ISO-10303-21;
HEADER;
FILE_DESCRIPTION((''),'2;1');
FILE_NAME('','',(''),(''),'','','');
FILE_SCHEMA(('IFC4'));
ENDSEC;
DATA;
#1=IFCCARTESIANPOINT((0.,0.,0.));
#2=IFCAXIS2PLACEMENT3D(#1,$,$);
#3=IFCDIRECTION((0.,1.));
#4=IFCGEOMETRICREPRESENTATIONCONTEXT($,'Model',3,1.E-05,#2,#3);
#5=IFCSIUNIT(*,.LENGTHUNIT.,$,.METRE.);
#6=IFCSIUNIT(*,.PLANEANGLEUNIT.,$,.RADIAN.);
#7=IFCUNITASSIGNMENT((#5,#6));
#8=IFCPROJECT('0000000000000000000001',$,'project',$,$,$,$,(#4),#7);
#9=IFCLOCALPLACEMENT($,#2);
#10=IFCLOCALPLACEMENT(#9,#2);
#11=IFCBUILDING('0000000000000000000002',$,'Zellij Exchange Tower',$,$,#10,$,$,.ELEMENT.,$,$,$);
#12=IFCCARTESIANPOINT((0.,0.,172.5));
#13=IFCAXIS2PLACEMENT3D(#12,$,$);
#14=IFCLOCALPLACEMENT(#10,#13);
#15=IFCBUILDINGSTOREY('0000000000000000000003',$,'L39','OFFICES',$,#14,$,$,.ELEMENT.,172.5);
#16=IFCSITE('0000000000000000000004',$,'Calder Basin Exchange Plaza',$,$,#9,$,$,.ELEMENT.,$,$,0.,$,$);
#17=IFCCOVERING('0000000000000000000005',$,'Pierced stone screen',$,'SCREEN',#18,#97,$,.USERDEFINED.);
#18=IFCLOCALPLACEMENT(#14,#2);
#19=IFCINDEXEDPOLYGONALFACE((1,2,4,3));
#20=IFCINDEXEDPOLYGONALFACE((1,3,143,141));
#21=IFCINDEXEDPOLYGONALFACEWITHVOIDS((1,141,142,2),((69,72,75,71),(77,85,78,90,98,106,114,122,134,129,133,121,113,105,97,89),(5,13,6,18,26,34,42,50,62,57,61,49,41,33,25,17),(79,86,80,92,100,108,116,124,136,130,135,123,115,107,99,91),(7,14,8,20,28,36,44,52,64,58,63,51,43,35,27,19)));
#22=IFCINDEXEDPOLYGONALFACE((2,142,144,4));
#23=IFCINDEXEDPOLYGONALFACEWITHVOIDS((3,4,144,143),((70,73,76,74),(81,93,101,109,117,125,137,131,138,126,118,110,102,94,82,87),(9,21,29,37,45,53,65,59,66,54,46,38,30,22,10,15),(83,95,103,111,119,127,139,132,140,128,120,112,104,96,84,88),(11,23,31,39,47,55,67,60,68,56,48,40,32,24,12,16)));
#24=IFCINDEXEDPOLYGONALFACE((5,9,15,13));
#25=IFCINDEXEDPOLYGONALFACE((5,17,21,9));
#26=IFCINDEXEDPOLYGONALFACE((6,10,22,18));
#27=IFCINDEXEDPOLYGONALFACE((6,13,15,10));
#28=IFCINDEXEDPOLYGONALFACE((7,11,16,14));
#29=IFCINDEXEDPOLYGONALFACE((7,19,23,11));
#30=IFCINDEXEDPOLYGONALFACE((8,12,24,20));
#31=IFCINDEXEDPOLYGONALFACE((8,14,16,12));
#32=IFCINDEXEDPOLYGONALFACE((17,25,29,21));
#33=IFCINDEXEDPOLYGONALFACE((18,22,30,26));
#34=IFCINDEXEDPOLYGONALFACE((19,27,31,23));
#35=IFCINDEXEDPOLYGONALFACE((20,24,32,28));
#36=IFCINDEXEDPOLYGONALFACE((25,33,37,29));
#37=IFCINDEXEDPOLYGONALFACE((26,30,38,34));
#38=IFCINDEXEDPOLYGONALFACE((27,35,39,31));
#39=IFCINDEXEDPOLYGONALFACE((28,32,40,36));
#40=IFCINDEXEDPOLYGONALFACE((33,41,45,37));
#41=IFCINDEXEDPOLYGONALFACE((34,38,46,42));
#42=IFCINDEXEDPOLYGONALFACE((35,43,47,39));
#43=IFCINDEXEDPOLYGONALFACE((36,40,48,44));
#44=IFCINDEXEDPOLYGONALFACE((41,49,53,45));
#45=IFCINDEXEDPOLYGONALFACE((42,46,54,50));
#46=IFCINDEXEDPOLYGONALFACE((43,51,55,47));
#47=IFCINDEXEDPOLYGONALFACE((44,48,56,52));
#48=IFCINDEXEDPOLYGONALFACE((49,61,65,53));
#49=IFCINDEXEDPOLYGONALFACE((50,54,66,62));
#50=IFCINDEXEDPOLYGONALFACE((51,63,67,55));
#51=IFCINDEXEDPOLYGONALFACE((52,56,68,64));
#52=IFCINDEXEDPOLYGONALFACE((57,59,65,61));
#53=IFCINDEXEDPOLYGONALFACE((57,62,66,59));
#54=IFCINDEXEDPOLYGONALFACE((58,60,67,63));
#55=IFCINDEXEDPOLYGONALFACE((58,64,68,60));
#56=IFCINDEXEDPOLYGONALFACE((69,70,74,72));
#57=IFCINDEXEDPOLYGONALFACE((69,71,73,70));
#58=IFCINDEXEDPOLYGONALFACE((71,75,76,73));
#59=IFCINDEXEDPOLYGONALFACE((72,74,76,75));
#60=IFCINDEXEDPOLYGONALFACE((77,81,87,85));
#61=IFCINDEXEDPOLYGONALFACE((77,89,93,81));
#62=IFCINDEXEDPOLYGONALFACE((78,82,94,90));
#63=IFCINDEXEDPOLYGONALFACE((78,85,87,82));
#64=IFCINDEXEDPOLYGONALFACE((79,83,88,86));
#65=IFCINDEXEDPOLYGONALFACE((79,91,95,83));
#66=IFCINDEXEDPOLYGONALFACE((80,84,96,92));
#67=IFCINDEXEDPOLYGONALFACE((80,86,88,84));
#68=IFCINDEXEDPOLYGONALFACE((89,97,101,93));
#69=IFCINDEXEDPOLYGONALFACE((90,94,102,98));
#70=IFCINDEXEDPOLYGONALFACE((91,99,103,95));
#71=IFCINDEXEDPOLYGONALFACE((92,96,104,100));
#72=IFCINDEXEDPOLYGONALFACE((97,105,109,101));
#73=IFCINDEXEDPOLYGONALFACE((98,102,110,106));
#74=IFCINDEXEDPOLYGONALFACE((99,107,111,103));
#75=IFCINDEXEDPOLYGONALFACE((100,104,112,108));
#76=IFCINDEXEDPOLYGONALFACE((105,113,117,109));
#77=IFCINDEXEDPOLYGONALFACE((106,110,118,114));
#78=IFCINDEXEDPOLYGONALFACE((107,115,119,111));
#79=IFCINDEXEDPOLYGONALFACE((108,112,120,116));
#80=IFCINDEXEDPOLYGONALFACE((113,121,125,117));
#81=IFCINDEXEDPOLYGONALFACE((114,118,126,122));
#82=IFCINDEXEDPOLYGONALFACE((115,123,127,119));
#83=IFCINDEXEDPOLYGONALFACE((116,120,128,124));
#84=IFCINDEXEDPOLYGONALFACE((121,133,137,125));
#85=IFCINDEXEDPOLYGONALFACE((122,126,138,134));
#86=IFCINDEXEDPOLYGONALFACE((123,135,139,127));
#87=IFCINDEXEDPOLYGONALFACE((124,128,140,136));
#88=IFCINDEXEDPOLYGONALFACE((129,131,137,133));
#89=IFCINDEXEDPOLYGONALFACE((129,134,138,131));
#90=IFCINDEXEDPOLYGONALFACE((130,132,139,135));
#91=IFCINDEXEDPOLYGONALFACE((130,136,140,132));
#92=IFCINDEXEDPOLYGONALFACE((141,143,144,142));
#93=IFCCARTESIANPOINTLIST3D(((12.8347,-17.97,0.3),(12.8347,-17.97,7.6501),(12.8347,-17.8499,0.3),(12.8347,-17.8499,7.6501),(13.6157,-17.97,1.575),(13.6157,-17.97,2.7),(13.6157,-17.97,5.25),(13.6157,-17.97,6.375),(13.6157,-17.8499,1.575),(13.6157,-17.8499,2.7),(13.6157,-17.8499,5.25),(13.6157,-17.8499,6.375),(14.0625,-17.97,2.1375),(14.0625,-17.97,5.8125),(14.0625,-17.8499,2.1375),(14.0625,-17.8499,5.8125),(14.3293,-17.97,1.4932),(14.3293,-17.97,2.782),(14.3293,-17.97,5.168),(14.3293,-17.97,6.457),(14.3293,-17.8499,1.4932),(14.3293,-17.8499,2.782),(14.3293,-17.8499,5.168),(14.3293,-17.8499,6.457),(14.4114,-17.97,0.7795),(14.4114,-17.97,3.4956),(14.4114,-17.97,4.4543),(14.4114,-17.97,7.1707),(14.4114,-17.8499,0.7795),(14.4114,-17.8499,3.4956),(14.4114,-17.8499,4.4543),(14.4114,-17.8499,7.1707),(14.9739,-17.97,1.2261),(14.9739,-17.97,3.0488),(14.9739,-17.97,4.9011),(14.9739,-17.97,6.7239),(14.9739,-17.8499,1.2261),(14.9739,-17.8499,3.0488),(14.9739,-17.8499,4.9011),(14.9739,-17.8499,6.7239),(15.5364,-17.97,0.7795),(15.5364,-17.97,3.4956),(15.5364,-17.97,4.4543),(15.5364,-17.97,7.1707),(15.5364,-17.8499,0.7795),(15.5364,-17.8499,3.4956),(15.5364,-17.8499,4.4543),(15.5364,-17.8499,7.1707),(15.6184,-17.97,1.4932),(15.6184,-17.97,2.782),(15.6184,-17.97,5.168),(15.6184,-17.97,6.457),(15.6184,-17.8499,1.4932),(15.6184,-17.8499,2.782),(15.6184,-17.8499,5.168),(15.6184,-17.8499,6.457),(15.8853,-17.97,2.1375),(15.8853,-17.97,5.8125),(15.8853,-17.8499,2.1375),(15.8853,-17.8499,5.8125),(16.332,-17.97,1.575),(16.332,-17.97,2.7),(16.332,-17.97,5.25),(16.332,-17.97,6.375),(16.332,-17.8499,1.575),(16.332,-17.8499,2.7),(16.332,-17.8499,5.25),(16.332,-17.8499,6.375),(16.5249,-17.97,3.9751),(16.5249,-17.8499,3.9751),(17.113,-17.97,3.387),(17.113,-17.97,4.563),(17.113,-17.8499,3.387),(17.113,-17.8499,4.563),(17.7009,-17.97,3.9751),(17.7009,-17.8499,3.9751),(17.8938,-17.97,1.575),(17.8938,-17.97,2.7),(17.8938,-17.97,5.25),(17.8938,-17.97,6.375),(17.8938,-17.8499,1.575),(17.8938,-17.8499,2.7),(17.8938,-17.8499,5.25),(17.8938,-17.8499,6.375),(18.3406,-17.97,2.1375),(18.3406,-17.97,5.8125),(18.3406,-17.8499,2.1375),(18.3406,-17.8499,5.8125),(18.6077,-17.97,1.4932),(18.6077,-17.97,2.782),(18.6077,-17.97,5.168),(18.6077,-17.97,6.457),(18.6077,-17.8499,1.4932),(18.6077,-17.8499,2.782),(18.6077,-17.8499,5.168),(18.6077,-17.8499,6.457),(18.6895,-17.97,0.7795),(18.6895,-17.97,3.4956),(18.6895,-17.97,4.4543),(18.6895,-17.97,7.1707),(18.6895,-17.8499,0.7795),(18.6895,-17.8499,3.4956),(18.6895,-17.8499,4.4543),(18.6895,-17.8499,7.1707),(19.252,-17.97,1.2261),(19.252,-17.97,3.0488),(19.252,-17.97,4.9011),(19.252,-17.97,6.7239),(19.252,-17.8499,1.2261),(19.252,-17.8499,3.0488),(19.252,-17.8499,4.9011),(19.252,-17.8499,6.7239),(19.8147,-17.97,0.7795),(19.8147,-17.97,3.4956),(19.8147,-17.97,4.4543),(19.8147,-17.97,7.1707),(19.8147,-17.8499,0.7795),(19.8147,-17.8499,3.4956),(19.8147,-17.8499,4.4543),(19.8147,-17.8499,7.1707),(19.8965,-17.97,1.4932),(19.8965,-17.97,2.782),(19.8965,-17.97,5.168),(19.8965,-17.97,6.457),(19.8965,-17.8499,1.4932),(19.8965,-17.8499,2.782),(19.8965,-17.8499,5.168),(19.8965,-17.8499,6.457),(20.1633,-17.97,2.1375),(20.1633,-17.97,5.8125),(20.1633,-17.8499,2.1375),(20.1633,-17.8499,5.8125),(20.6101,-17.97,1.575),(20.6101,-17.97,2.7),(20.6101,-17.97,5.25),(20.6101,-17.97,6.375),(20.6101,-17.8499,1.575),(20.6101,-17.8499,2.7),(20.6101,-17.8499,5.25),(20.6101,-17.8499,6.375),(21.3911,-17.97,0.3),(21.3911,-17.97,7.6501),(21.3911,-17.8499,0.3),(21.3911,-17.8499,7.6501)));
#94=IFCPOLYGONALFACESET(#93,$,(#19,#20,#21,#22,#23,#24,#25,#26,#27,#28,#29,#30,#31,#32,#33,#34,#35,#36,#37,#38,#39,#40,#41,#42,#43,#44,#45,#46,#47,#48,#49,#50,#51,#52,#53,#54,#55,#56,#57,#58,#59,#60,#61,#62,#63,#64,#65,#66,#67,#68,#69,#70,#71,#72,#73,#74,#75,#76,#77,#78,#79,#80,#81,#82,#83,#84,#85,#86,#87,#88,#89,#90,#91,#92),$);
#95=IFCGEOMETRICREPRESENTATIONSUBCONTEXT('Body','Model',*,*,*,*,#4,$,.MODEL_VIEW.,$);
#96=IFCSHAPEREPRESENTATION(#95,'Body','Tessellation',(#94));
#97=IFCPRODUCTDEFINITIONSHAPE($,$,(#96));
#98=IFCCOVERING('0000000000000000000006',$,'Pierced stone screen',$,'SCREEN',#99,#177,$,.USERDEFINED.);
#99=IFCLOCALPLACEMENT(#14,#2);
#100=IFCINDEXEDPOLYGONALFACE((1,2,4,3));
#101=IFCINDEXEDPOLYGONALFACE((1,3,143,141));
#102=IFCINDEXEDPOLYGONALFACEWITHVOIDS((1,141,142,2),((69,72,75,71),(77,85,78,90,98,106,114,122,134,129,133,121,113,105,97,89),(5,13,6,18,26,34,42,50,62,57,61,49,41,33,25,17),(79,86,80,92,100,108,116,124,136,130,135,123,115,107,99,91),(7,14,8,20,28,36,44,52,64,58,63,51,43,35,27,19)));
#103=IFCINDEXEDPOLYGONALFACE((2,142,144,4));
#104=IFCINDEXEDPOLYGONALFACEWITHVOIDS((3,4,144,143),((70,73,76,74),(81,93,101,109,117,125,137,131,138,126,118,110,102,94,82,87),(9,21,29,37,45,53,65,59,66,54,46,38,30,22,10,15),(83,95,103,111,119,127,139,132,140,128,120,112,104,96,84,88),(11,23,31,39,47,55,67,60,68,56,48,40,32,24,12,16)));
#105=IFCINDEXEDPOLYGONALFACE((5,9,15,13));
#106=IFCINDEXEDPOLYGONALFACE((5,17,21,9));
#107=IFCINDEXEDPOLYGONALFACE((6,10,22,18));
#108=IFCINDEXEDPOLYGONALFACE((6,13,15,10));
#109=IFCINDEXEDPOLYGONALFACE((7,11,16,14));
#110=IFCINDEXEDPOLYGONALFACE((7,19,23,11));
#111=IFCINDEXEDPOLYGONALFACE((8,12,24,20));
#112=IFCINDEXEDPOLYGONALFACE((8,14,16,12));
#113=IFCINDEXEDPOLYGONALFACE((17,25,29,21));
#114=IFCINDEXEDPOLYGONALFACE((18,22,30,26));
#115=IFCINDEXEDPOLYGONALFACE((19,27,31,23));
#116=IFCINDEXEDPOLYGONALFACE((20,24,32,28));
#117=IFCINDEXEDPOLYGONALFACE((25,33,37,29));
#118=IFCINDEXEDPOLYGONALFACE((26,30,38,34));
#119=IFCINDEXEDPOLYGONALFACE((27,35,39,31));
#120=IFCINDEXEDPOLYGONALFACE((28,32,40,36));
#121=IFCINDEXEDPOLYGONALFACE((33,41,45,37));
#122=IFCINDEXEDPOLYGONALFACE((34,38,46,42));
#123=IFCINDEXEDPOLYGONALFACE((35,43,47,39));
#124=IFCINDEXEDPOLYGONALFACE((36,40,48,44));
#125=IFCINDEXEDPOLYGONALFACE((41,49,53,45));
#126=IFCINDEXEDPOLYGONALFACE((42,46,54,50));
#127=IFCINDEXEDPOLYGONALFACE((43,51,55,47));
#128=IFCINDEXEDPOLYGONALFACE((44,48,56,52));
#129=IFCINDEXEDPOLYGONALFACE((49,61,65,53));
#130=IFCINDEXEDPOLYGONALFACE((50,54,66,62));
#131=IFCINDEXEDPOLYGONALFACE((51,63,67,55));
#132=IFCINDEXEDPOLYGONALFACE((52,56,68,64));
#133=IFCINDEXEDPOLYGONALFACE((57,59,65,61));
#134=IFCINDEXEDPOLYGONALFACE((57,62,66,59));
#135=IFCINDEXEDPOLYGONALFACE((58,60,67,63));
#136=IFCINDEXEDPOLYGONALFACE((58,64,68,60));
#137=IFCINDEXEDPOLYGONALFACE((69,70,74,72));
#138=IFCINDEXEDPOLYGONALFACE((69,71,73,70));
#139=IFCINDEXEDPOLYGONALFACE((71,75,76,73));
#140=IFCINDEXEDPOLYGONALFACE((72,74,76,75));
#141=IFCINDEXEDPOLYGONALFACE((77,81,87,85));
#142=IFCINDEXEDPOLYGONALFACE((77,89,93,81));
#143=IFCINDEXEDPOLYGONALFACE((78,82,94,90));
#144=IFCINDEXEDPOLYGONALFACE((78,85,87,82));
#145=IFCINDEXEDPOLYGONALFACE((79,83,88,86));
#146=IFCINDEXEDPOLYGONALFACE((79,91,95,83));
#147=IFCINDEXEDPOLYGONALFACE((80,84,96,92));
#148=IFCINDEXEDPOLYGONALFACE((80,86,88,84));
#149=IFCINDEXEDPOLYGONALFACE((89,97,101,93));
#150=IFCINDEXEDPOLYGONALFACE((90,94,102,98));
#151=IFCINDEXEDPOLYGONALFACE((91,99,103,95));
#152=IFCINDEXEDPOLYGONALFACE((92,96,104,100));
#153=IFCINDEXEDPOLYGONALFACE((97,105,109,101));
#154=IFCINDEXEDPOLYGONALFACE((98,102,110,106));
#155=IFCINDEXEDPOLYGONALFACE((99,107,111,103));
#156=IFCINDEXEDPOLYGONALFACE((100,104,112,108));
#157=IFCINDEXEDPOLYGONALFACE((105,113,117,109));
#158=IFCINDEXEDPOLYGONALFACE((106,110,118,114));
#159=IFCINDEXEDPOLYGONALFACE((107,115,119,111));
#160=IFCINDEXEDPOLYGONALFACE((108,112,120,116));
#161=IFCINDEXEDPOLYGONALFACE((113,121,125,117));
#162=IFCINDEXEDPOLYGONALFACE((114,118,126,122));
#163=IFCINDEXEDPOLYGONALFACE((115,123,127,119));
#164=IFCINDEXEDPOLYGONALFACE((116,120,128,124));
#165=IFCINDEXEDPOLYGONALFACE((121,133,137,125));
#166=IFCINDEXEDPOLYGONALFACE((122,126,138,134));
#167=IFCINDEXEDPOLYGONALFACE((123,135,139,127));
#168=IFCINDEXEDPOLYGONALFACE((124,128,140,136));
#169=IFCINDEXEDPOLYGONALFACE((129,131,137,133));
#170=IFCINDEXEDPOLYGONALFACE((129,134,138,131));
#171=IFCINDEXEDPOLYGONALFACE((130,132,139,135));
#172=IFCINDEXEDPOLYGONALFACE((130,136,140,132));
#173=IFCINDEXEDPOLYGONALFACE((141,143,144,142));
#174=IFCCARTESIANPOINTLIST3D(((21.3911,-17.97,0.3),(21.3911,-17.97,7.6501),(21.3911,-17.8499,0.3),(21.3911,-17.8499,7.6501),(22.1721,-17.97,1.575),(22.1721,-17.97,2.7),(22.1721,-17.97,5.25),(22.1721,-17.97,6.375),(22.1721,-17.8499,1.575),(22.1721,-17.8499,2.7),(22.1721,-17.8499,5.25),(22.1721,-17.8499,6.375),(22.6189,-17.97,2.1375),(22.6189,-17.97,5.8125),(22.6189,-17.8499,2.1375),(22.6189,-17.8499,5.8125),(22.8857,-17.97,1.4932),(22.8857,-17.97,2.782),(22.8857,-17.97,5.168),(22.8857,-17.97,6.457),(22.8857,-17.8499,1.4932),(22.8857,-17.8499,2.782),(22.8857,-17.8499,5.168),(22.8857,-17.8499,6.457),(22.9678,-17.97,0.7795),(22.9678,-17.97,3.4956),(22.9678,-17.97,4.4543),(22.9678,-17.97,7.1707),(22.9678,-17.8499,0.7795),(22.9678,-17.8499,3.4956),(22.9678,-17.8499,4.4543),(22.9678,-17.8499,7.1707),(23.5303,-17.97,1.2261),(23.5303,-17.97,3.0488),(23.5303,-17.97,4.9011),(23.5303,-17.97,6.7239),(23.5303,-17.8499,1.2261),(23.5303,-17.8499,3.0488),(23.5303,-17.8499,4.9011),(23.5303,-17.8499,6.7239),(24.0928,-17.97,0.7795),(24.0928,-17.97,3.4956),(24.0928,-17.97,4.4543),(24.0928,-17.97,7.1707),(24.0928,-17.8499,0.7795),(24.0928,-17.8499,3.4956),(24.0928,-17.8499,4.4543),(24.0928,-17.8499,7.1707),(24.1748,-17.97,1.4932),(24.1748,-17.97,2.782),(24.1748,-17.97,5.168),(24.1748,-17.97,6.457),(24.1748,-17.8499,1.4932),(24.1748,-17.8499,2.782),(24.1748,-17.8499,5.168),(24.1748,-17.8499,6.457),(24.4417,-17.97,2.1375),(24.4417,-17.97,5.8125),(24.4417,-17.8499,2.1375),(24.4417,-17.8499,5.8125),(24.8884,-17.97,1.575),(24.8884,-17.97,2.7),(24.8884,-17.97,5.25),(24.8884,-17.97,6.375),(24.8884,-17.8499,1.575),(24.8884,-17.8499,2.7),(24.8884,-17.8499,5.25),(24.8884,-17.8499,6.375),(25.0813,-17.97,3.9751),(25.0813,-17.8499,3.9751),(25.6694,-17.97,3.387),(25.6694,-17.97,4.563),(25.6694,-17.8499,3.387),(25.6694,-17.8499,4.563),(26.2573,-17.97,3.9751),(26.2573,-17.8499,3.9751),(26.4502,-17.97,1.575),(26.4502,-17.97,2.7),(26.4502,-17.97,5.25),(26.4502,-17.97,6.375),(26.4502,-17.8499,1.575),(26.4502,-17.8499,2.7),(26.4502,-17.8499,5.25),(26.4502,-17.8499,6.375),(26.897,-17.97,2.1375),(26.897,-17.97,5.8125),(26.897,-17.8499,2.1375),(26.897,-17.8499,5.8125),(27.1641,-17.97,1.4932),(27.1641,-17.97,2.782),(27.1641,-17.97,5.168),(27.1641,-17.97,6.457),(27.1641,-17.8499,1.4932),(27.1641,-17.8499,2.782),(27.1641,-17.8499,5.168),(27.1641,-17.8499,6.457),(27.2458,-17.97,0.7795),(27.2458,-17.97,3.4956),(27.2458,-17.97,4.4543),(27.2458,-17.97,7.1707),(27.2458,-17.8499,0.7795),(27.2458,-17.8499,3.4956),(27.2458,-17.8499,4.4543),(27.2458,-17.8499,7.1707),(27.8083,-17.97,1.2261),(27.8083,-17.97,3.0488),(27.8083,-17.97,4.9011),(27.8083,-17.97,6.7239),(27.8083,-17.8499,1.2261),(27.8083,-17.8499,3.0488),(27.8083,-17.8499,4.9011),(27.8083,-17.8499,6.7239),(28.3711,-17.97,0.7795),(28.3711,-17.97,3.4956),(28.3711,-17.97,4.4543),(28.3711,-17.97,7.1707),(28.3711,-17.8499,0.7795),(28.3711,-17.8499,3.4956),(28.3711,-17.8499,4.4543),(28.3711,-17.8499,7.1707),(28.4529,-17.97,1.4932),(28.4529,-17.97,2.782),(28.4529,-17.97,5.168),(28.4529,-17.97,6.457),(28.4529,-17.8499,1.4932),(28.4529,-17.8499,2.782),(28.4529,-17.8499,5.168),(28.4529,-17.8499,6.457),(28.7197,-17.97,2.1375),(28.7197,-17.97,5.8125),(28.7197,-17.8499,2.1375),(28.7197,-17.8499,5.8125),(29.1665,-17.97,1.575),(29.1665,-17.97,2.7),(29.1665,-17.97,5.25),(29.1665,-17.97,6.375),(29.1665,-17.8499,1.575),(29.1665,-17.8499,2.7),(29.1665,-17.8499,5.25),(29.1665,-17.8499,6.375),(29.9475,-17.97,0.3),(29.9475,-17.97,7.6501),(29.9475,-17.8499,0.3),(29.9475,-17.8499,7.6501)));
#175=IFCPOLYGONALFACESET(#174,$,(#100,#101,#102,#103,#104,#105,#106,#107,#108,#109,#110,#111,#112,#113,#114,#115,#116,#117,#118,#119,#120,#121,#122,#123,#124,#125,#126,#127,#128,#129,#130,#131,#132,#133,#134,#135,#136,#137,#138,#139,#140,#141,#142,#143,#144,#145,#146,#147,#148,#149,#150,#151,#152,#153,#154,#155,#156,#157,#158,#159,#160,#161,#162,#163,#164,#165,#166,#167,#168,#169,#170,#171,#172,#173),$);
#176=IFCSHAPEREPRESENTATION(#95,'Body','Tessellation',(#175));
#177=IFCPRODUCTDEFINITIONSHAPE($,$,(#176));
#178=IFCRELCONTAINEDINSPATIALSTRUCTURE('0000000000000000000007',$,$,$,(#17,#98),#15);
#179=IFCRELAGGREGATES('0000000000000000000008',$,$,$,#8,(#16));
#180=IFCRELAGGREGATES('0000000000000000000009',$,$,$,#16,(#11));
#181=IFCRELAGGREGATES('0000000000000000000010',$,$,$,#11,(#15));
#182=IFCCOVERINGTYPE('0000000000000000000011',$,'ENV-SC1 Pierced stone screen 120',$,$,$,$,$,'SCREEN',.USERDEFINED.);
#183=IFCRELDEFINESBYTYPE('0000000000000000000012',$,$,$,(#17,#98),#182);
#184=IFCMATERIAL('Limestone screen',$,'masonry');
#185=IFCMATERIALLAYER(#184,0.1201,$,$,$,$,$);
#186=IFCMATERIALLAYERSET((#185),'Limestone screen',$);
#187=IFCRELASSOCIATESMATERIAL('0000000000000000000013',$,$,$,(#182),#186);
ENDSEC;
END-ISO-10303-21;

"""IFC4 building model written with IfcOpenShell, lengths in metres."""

from ifc_helpers import new_model, si_unit, direction, frame, origin, place, context, subcontext, project, spatial, polyline, outline, extrude, material, layer, layer_set, type_object, element, save


model = new_model("IFC4")

# Units and contexts
model_context = context("Model", 3, precision=1e-05, world=origin(), true_north=direction((0.0, 1.0)))
body_context = subcontext(model_context, "Body", "Model", "MODEL_VIEW")
ifc_project = project(units=[si_unit("LENGTHUNIT", "METRE"), si_unit("PLANEANGLEUNIT", "RADIAN")], contexts=[model_context])

# Site, building, storey
site_placement = place(None, origin())
site = spatial("IfcSite", under=ifc_project, at=site_placement, Name="Calder Basin Exchange Plaza", CompositionType="ELEMENT", RefElevation=0.0)
building_placement = place(site_placement, origin())
building = spatial("IfcBuilding", under=site, at=building_placement, Name="Zellij Exchange Tower", CompositionType="ELEMENT")
storey_placement = place(building_placement, frame((0.0, 0.0, 172.5)))
storey = spatial("IfcBuildingStorey", under=building, at=storey_placement, Name="L39", Description="OFFICES", CompositionType="ELEMENT", Elevation=172.5)

# Coverings
ifc_material_1 = material(Name="Limestone screen", Category="masonry")
ifc_layer_1 = layer(ifc_material_1, 0.1201)
ifc_layer_set_1 = layer_set([ifc_layer_1], Name="Limestone screen")
covering_type = type_object("IfcCoveringType", Name="ENV-SC1 Pierced stone screen 120", ElementType="SCREEN", PredefinedType="USERDEFINED", material=ifc_layer_set_1)
covering_1_placement = place(storey_placement, frame((12.8347, -17.9099, 0.3), z_axis=(0.0, 0.0, 1.0), x_axis=(1.0, 0.0, 0.0)))
element("IfcCovering", 1, at=covering_1_placement, inside=storey, type_object=covering_type, Name="Pierced stone screen", ObjectType="SCREEN", PredefinedType="USERDEFINED", context=body_context, shape_type="SweptSolid", body=[
    extrude(outline(polyline([(0.0, 0.0), (8.5564, 0.0), (8.5564, 7.3501), (0.0, 7.3501), (0.0, 0.0)]), holes=[polyline([(3.4973, 2.3999), (2.7837, 2.4819), (2.7017, 3.1956), (2.1392, 2.7488), (1.5767, 3.1956), (1.4946, 2.4819), (0.781, 2.3999), (1.2278, 1.8374), (0.781, 1.2749), (1.4946, 1.1931), (1.5767, 0.4795), (2.1392, 0.926), (2.7017, 0.4795), (2.7837, 1.1931), (3.4973, 1.2749), (3.0505, 1.8374), (3.4973, 2.3999)]), polyline([(3.4973, 6.075), (2.7837, 6.157), (2.7017, 6.8706), (2.1392, 6.4238), (1.5767, 6.8706), (1.4946, 6.157), (0.781, 6.075), (1.2278, 5.5125), (0.781, 4.95), (1.4946, 4.8679), (1.5767, 4.1543), (2.1392, 4.6011), (2.7017, 4.1543), (2.7837, 4.8679), (3.4973, 4.95), (3.0505, 5.5125), (3.4973, 6.075)]), polyline([(7.7754, 2.3999), (7.0618, 2.4819), (6.98, 3.1956), (6.4172, 2.7488), (5.8547, 3.1956), (5.7729, 2.4819), (5.0591, 2.3999), (5.5059, 1.8374), (5.0591, 1.2749), (5.7729, 1.1931), (5.8547, 0.4795), (6.4172, 0.926), (6.98, 0.4795), (7.0618, 1.1931), (7.7754, 1.2749), (7.3286, 1.8374), (7.7754, 2.3999)]), polyline([(7.7754, 6.075), (7.0618, 6.157), (6.98, 6.8706), (6.4172, 6.4238), (5.8547, 6.8706), (5.7729, 6.157), (5.0591, 6.075), (5.5059, 5.5125), (5.0591, 4.95), (5.7729, 4.8679), (5.8547, 4.1543), (6.4172, 4.6011), (6.98, 4.1543), (7.0618, 4.8679), (7.7754, 4.95), (7.3286, 5.5125), (7.7754, 6.075)]), polyline([(4.8662, 3.675), (4.2783, 4.2629), (3.6902, 3.675), (4.2783, 3.0869), (4.8662, 3.675)])]), frame((0.0, 0.0601, 0.0), z_axis=(0.0, -1.0, 0.0), x_axis=(1.0, 0.0, 0.0)), (0.0, 0.0, 1.0), 0.1201),
])
covering_2_placement = place(storey_placement, frame((21.3911, -17.9099, 0.3), z_axis=(0.0, 0.0, 1.0), x_axis=(1.0, 0.0, 0.0)))
element("IfcCovering", 2, at=covering_2_placement, inside=storey, type_object=covering_type, Name="Pierced stone screen", ObjectType="SCREEN", PredefinedType="USERDEFINED", context=body_context, shape_type="SweptSolid", body=[
    extrude(outline(polyline([(0.0, 0.0), (8.5564, 0.0), (8.5564, 7.3501), (0.0, 7.3501), (0.0, 0.0)]), holes=[polyline([(3.4973, 2.3999), (2.7837, 2.4819), (2.7017, 3.1956), (2.1392, 2.7488), (1.5767, 3.1956), (1.4946, 2.4819), (0.781, 2.3999), (1.2278, 1.8374), (0.781, 1.2749), (1.4946, 1.1931), (1.5767, 0.4795), (2.1392, 0.926), (2.7017, 0.4795), (2.7837, 1.1931), (3.4973, 1.2749), (3.0505, 1.8374), (3.4973, 2.3999)]), polyline([(3.4973, 6.075), (2.7837, 6.157), (2.7017, 6.8706), (2.1392, 6.4238), (1.5767, 6.8706), (1.4946, 6.157), (0.781, 6.075), (1.2278, 5.5125), (0.781, 4.95), (1.4946, 4.8679), (1.5767, 4.1543), (2.1392, 4.6011), (2.7017, 4.1543), (2.7837, 4.8679), (3.4973, 4.95), (3.0505, 5.5125), (3.4973, 6.075)]), polyline([(7.7754, 2.3999), (7.0618, 2.4819), (6.98, 3.1956), (6.4172, 2.7488), (5.8547, 3.1956), (5.7729, 2.4819), (5.0591, 2.3999), (5.5059, 1.8374), (5.0591, 1.2749), (5.7729, 1.1931), (5.8547, 0.4795), (6.4172, 0.926), (6.98, 0.4795), (7.0618, 1.1931), (7.7754, 1.2749), (7.3286, 1.8374), (7.7754, 2.3999)]), polyline([(7.7754, 6.075), (7.0618, 6.157), (6.98, 6.8706), (6.4172, 6.4238), (5.8547, 6.8706), (5.7729, 6.157), (5.0591, 6.075), (5.5059, 5.5125), (5.0591, 4.95), (5.7729, 4.8679), (5.8547, 4.1543), (6.4172, 4.6011), (6.98, 4.1543), (7.0618, 4.8679), (7.7754, 4.95), (7.3286, 5.5125), (7.7754, 6.075)]), polyline([(4.8662, 3.675), (4.2783, 4.2629), (3.6902, 3.675), (4.2783, 3.0869), (4.8662, 3.675)])]), frame((0.0, 0.0601, 0.0), z_axis=(0.0, -1.0, 0.0), x_axis=(1.0, 0.0, 0.0)), (0.0, 0.0, 1.0), 0.1201),
])

save(model, "model.ifc")
